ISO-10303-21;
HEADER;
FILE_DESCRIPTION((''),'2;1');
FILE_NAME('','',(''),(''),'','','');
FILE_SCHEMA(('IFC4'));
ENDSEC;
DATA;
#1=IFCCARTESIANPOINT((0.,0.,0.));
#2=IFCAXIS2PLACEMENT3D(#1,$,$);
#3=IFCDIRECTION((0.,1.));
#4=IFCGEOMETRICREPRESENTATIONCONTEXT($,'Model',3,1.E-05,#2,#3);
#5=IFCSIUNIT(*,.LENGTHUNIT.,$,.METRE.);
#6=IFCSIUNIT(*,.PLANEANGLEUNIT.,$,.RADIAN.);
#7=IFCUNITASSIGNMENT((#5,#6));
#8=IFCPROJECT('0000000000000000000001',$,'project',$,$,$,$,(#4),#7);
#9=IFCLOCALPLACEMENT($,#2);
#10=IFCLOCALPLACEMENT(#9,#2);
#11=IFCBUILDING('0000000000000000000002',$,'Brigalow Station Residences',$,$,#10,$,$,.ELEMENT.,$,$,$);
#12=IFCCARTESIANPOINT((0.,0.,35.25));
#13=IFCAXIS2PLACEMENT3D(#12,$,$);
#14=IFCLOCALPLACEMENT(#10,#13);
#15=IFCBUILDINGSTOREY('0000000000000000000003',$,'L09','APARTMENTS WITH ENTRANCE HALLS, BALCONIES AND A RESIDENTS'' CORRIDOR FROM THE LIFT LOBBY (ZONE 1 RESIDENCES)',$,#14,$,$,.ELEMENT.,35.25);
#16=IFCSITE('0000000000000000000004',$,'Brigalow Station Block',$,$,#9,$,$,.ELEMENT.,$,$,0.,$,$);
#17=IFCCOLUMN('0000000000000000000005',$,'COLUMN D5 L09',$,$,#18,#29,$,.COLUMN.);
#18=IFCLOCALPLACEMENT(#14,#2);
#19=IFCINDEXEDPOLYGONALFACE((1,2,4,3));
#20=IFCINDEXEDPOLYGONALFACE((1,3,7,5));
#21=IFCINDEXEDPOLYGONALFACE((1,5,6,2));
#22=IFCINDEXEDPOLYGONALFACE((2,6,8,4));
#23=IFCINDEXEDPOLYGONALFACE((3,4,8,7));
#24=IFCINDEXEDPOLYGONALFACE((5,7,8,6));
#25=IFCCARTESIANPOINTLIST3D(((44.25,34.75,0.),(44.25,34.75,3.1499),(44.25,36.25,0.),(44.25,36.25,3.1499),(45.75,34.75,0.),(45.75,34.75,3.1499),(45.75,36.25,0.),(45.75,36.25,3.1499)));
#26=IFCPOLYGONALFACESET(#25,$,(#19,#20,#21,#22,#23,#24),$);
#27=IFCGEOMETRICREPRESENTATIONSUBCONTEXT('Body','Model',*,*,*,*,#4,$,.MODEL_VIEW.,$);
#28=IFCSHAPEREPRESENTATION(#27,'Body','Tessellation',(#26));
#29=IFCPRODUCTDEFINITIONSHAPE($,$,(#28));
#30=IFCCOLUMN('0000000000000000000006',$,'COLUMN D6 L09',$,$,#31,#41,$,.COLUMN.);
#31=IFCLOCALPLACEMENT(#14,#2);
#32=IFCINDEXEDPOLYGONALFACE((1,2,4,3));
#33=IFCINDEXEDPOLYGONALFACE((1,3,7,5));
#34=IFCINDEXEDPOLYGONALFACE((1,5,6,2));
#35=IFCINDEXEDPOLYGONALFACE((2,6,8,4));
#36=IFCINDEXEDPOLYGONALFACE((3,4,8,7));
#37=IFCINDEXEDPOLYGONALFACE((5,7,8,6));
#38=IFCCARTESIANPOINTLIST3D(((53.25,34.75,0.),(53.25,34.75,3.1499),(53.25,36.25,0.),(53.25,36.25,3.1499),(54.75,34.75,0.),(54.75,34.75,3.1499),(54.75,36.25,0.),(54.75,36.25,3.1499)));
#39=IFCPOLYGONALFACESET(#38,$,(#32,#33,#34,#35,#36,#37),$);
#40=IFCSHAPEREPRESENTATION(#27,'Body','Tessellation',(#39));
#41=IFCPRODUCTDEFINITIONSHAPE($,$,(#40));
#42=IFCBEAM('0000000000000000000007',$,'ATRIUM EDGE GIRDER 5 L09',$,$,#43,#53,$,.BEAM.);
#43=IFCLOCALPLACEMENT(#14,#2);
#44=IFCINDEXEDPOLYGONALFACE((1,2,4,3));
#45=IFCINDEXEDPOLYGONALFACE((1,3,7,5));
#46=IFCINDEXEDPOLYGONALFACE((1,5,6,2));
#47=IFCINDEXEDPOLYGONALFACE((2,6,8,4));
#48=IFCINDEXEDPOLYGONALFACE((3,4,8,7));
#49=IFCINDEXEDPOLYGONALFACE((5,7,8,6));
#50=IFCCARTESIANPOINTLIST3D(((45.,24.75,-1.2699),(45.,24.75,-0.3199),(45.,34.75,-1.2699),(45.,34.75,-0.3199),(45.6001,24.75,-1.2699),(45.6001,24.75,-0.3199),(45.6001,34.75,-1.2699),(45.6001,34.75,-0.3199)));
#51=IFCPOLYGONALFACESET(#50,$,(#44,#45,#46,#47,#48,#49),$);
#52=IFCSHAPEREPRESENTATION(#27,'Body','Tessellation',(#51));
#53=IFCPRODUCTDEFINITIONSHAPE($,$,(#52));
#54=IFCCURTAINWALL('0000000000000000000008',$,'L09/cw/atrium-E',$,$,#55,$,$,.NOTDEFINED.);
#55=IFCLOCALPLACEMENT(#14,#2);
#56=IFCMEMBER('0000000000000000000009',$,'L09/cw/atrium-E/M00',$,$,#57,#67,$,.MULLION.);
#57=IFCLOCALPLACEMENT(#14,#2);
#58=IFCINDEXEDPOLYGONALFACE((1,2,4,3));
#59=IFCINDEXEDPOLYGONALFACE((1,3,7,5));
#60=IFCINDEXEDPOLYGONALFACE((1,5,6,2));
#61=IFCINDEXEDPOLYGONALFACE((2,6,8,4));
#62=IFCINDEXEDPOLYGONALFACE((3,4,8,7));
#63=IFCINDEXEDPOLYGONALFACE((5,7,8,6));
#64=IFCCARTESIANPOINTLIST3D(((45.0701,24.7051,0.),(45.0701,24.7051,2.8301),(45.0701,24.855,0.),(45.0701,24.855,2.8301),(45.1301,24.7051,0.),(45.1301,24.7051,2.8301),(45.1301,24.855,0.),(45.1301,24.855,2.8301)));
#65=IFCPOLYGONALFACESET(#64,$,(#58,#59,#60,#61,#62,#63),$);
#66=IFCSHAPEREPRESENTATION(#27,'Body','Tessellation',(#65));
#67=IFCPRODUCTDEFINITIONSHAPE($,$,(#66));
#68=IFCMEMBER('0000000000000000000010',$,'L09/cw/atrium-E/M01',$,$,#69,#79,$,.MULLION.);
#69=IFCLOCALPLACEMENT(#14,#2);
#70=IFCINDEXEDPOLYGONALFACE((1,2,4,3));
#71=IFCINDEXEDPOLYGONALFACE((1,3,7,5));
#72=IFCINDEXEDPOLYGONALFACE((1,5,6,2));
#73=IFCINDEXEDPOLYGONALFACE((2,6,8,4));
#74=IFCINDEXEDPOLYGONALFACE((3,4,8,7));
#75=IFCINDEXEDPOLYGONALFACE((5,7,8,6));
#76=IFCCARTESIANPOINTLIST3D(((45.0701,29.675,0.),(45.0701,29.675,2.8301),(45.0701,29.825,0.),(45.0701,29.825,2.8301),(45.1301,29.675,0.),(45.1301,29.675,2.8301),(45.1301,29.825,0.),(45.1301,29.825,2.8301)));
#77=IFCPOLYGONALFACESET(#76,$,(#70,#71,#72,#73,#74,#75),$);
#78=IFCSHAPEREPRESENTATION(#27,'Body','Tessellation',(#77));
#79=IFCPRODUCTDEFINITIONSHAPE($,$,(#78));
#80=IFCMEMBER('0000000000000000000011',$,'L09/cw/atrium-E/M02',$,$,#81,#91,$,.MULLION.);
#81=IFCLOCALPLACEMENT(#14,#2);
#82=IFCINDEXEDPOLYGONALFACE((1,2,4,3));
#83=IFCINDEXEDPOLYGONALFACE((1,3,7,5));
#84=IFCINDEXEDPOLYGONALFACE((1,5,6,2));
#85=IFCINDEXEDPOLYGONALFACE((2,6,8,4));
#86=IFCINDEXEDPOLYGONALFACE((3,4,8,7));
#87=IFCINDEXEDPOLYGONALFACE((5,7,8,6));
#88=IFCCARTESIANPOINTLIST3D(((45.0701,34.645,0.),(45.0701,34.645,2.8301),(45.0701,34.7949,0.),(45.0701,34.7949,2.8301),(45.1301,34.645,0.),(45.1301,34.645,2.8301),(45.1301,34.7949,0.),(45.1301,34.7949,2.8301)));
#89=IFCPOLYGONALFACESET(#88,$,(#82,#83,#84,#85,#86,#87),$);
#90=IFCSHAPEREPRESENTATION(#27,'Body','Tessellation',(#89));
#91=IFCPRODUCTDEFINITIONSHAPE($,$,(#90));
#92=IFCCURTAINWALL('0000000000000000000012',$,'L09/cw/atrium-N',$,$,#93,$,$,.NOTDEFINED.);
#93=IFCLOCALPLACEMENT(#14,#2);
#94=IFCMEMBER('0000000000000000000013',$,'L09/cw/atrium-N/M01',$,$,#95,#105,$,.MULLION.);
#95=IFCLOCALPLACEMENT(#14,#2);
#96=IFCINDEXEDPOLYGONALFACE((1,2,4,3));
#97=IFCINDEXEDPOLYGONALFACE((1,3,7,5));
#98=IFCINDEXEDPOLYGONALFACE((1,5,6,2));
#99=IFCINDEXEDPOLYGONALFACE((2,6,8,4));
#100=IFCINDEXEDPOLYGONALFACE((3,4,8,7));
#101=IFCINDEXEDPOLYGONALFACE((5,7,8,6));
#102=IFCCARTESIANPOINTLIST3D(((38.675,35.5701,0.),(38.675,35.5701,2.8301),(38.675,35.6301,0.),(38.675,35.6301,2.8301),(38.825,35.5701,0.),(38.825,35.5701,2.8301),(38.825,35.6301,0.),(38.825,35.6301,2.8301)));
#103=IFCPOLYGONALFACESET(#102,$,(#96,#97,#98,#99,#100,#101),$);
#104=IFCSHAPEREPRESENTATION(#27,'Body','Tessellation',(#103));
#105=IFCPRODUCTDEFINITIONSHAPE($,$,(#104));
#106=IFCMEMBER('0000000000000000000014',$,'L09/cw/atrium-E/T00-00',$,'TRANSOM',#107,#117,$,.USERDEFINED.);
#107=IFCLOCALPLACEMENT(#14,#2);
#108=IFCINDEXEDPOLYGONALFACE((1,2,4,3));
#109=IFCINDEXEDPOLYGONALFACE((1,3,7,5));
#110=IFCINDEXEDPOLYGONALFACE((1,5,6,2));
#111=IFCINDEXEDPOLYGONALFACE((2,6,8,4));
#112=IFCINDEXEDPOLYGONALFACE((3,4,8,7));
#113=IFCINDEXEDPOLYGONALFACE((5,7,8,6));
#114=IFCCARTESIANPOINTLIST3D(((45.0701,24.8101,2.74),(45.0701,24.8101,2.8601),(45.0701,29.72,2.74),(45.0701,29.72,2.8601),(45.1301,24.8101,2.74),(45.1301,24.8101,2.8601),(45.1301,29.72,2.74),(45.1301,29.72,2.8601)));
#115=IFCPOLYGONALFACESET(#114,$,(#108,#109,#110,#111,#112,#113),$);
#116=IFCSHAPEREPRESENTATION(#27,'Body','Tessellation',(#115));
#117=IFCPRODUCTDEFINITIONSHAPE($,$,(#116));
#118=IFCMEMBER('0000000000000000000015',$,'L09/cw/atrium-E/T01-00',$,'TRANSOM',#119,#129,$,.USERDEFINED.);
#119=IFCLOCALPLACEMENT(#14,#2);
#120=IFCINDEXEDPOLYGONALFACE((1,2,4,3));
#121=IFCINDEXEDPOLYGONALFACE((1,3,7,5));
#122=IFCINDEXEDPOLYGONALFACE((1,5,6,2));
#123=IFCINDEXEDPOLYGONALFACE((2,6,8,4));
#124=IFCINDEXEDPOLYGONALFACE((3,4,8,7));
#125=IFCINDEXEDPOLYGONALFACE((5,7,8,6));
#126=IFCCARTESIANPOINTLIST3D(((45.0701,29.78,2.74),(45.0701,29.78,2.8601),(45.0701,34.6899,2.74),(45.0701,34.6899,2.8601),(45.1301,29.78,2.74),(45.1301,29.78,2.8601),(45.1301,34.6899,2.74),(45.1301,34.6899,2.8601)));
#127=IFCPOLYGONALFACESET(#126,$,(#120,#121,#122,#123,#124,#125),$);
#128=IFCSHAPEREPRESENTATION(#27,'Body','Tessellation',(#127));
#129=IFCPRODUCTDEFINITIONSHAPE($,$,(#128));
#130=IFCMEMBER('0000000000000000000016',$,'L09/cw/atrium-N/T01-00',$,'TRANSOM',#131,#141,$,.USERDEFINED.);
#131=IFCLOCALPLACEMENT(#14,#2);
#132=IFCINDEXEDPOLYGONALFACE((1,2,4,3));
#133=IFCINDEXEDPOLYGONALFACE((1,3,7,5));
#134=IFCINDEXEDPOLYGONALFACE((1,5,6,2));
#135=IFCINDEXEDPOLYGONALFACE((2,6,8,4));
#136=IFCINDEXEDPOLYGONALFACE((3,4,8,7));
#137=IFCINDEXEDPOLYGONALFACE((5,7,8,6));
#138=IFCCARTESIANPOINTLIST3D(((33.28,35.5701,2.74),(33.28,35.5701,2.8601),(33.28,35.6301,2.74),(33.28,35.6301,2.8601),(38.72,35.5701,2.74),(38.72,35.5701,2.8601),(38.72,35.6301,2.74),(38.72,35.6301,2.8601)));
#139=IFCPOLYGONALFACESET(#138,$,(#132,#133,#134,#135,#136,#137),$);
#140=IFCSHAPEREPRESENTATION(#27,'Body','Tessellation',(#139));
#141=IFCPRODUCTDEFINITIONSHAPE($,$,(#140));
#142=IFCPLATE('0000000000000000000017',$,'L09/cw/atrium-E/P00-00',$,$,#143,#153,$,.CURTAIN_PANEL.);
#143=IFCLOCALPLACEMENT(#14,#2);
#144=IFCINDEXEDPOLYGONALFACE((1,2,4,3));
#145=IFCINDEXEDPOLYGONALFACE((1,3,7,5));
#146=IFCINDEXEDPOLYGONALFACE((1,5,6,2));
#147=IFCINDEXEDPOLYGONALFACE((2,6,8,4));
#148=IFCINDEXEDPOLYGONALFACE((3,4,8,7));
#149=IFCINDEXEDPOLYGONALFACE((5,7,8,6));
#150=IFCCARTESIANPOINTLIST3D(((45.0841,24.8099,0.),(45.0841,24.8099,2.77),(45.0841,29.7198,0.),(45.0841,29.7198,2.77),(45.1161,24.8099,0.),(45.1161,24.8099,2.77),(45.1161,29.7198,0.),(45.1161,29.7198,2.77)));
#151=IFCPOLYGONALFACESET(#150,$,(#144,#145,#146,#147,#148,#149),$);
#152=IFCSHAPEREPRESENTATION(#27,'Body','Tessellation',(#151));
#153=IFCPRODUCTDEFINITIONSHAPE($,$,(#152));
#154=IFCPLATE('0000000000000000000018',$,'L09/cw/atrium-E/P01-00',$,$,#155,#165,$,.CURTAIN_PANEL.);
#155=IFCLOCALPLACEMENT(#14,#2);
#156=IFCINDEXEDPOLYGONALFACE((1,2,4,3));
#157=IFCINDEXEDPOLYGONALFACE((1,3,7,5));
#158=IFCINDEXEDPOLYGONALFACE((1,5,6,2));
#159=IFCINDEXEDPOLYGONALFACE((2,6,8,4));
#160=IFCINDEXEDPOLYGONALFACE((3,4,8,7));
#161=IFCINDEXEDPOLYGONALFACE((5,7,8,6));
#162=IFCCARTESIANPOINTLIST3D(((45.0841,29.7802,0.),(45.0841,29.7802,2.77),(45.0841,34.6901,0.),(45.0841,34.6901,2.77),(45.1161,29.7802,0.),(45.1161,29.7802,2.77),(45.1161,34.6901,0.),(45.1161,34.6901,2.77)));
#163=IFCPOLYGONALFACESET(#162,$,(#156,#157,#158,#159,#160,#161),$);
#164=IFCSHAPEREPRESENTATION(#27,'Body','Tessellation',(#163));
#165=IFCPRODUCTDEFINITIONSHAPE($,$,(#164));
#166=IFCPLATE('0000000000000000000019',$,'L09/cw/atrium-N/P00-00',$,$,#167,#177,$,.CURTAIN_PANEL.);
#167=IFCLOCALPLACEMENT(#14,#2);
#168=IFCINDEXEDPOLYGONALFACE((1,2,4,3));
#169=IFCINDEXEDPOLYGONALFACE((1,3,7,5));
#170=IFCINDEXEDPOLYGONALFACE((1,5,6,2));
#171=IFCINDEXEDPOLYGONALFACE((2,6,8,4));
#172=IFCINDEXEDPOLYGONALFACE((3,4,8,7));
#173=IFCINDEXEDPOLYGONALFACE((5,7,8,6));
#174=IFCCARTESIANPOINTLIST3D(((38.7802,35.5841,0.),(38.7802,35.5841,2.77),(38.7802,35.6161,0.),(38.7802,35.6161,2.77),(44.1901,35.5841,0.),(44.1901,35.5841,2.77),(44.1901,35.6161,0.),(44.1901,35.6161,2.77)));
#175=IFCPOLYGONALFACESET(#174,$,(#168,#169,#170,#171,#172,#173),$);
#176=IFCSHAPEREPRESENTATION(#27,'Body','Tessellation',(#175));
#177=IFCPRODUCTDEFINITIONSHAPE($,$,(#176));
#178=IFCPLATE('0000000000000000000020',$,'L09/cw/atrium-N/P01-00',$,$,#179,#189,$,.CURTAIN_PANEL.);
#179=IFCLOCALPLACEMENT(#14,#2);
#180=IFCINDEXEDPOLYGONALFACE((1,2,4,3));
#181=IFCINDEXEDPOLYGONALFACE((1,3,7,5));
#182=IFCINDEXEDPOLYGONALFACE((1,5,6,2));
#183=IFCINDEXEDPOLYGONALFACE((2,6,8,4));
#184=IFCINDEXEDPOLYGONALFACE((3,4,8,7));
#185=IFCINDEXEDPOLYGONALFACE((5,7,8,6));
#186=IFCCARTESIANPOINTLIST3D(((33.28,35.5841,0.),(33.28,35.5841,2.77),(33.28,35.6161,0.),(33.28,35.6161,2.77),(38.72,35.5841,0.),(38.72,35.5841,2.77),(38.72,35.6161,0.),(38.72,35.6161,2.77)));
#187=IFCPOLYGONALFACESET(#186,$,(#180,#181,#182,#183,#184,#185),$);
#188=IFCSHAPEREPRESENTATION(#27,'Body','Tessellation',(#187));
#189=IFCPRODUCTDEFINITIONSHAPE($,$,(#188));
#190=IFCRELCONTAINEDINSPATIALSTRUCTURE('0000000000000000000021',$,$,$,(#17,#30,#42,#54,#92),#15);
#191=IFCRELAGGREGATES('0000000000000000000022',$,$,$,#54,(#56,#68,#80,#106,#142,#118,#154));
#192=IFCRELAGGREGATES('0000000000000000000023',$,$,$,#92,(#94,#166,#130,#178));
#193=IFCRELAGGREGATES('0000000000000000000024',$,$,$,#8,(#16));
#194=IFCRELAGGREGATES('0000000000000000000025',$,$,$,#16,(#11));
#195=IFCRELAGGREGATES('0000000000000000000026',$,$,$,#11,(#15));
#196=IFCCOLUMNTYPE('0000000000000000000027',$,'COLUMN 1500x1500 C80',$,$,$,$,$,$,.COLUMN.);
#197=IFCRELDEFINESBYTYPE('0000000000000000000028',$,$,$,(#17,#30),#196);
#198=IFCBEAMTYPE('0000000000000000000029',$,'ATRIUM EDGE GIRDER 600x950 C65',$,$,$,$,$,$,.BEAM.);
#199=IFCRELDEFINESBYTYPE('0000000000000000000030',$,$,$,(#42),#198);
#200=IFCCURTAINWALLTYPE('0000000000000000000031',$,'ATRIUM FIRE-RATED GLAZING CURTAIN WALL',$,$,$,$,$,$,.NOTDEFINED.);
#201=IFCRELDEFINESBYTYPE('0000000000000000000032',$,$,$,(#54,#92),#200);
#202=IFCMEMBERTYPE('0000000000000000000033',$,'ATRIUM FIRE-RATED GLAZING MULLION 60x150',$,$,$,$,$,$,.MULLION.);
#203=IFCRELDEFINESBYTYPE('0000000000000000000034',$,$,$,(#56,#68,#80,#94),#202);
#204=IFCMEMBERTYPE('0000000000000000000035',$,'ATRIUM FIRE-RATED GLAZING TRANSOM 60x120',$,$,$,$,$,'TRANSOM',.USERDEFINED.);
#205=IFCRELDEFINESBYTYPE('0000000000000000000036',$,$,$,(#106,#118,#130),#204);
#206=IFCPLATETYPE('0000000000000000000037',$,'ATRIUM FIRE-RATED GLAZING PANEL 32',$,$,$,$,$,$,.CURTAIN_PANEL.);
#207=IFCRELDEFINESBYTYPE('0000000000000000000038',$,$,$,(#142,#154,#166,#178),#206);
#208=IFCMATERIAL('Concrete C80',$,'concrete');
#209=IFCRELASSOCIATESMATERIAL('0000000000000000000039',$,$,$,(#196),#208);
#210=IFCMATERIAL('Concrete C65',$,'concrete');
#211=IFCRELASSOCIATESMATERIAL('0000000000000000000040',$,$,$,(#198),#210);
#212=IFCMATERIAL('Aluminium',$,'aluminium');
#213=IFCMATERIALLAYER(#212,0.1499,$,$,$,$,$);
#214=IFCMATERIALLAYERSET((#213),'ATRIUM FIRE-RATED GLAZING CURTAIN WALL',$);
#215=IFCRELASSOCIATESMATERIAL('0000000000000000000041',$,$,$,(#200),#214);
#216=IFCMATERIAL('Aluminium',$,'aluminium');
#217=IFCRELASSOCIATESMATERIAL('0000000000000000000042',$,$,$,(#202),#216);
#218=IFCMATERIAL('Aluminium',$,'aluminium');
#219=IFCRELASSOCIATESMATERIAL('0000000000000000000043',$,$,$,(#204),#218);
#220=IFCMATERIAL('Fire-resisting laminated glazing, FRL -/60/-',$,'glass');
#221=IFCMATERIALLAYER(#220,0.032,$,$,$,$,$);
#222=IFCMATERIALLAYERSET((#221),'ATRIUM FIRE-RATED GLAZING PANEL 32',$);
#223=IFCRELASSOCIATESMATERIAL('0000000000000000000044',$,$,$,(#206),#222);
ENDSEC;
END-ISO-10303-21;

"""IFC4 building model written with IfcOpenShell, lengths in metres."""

from ifc_helpers import new_model, si_unit, direction, frame, origin, origin_2d, place, context, subcontext, project, spatial, rectangle, extrude, material, layer, layer_set, material_profile, profile_set, type_object, element, aggregate, save


model = new_model("IFC4")

# Units and contexts
model_context = context("Model", 3, precision=1e-05, world=origin(), true_north=direction((0.0, 1.0)))
body_context = subcontext(model_context, "Body", "Model", "MODEL_VIEW")
ifc_project = project(units=[si_unit("LENGTHUNIT", "METRE"), si_unit("PLANEANGLEUNIT", "RADIAN")], contexts=[model_context])

# Site, building, storey
site_placement = place(None, origin())
site = spatial("IfcSite", under=ifc_project, at=site_placement, Name="Brigalow Station Block", CompositionType="ELEMENT", RefElevation=0.0)
building_placement = place(site_placement, origin())
building = spatial("IfcBuilding", under=site, at=building_placement, Name="Brigalow Station Residences", CompositionType="ELEMENT")
storey_placement = place(building_placement, frame((0.0, 0.0, 35.25)))
storey = spatial("IfcBuildingStorey", under=building, at=storey_placement, Name="L09", Description="APARTMENTS WITH ENTRANCE HALLS, BALCONIES AND A RESIDENTS' CORRIDOR FROM THE LIFT LOBBY (ZONE 1 RESIDENCES)", CompositionType="ELEMENT", Elevation=35.25)

# Columns
ifc_material_1 = material(Name="Concrete C80", Category="concrete")
ifc_material_profile_1 = material_profile(ifc_material_1, rectangle(XDim=1.5, YDim=1.5, at=origin_2d()), Name="RC1500x1500")
ifc_profile_set_1 = profile_set([ifc_material_profile_1], Name="Concrete C80")
column_type = type_object("IfcColumnType", Name="COLUMN 1500x1500 C80", PredefinedType="COLUMN", material=ifc_profile_set_1)
for number, where, z_axis, x_axis, name in (
    (1, (45.0, 35.5, 0.0), (0.0, 0.0, 1.0), (1.0, 0.0, 0.0), "COLUMN D5 L09"),
    (2, (54.0, 35.5, 0.0), (0.0, 0.0, 1.0), (1.0, 0.0, 0.0), "COLUMN D6 L09"),
):
    element("IfcColumn", number, at=place(storey_placement, frame(where, z_axis=z_axis, x_axis=x_axis)), inside=storey, type_object=column_type, Name=name, PredefinedType="COLUMN", context=body_context, shape_type="SweptSolid", body=[
        extrude(rectangle(XDim=1.5, YDim=1.5, at=origin_2d()), origin(), (0.0, 0.0, 1.0), 3.1499),
    ])

# Beam
ifc_material_2 = material(Name="Concrete C65", Category="concrete")
ifc_material_profile_2 = material_profile(ifc_material_2, rectangle(XDim=0.6001, YDim=0.95, at=origin_2d()), Name="RC600x950")
ifc_profile_set_2 = profile_set([ifc_material_profile_2], Name="Concrete C65")
beam_type = type_object("IfcBeamType", Name="ATRIUM EDGE GIRDER 600x950 C65", PredefinedType="BEAM", material=ifc_profile_set_2)
beam_placement = place(storey_placement, frame((45.3, 24.75, -0.7949), z_axis=(0.0, 1.0, 0.0), x_axis=(-1.0, 0.0, 0.0)))
element("IfcBeam", 3, at=beam_placement, inside=storey, type_object=beam_type, Name="ATRIUM EDGE GIRDER 5 L09", PredefinedType="BEAM", context=body_context, shape_type="SweptSolid", body=[
    extrude(rectangle(XDim=0.6001, YDim=0.95, at=origin_2d()), origin(), (0.0, 0.0, 1.0), 10.0),
])

# Curtain wall, members
ifc_material_3 = material(Name="Aluminium", Category="aluminium")
ifc_layer_1 = layer(ifc_material_3, 0.1499)
ifc_layer_set_1 = layer_set([ifc_layer_1], Name="ATRIUM FIRE-RATED GLAZING CURTAIN WALL")
curtain_wall_type = type_object("IfcCurtainWallType", Name="ATRIUM FIRE-RATED GLAZING CURTAIN WALL", PredefinedType="NOTDEFINED", material=ifc_layer_set_1)
curtain_wall_1_placement = place(storey_placement, origin())
curtain_wall_1 = element("IfcCurtainWall", 4, at=curtain_wall_1_placement, inside=storey, type_object=curtain_wall_type, Name="L09/cw/atrium-E", PredefinedType="NOTDEFINED")
ifc_material_4 = material(Name="Aluminium", Category="aluminium")
ifc_material_profile_3 = material_profile(ifc_material_4, rectangle(XDim=0.0601, YDim=0.1499, at=origin_2d()), Name="ATRIUM FIRE-RATED GLAZING MULLION 60x150")
ifc_profile_set_3 = profile_set([ifc_material_profile_3], Name="Aluminium")
member_type_1 = type_object("IfcMemberType", Name="ATRIUM FIRE-RATED GLAZING MULLION 60x150", PredefinedType="MULLION", material=ifc_profile_set_3)
member_1_placement = place(storey_placement, frame((45.1001, 24.78, 0.0), z_axis=(0.0, 0.0, 1.0), x_axis=(-1.0, 0.0, 0.0)))
member_1 = element("IfcMember", 5, at=member_1_placement, type_object=member_type_1, Name="L09/cw/atrium-E/M00", PredefinedType="MULLION", context=body_context, shape_type="SweptSolid", body=[
    extrude(rectangle(XDim=0.0601, YDim=0.1499, at=origin_2d()), origin(), (0.0, 0.0, 1.0), 2.8301),
])
member_2_placement = place(storey_placement, frame((45.1001, 29.75, 0.0), z_axis=(0.0, 0.0, 1.0), x_axis=(-1.0, 0.0, 0.0)))
member_2 = element("IfcMember", 6, at=member_2_placement, type_object=member_type_1, Name="L09/cw/atrium-E/M01", PredefinedType="MULLION", context=body_context, shape_type="SweptSolid", body=[
    extrude(rectangle(XDim=0.0601, YDim=0.1499, at=origin_2d()), origin(), (0.0, 0.0, 1.0), 2.8301),
])
member_3_placement = place(storey_placement, frame((45.1001, 34.72, 0.0), z_axis=(0.0, 0.0, 1.0), x_axis=(-1.0, 0.0, 0.0)))
member_3 = element("IfcMember", 7, at=member_3_placement, type_object=member_type_1, Name="L09/cw/atrium-E/M02", PredefinedType="MULLION", context=body_context, shape_type="SweptSolid", body=[
    extrude(rectangle(XDim=0.0601, YDim=0.1499, at=origin_2d()), origin(), (0.0, 0.0, 1.0), 2.8301),
])

# Curtain wall, member
curtain_wall_2_placement = place(storey_placement, origin())
curtain_wall_2 = element("IfcCurtainWall", 8, at=curtain_wall_2_placement, inside=storey, type_object=curtain_wall_type, Name="L09/cw/atrium-N", PredefinedType="NOTDEFINED")
member_4_placement = place(storey_placement, frame((38.75, 35.6001, 0.0), z_axis=(0.0, 0.0, 1.0), x_axis=(0.0, -1.0, 0.0)))
member_4 = element("IfcMember", 9, at=member_4_placement, type_object=member_type_1, Name="L09/cw/atrium-N/M01", PredefinedType="MULLION", context=body_context, shape_type="SweptSolid", body=[
    extrude(rectangle(XDim=0.0601, YDim=0.1499, at=origin_2d()), origin(), (0.0, 0.0, 1.0), 2.8301),
])

# Members
ifc_material_5 = material(Name="Aluminium", Category="aluminium")
ifc_material_profile_4 = material_profile(ifc_material_5, rectangle(XDim=0.0601, YDim=0.1201, at=origin_2d()), Name="ATRIUM FIRE-RATED GLAZING TRANSOM 60x120")
ifc_profile_set_4 = profile_set([ifc_material_profile_4], Name="Aluminium")
member_type_2 = type_object("IfcMemberType", Name="ATRIUM FIRE-RATED GLAZING TRANSOM 60x120", ElementType="TRANSOM", PredefinedType="USERDEFINED", material=ifc_profile_set_4)
member_5_placement = place(storey_placement, frame((45.1001, 24.8101, 2.8), z_axis=(0.0, 1.0, 0.0), x_axis=(-1.0, 0.0, 0.0)))
member_5 = element("IfcMember", 10, at=member_5_placement, type_object=member_type_2, Name="L09/cw/atrium-E/T00-00", ObjectType="TRANSOM", PredefinedType="USERDEFINED", context=body_context, shape_type="SweptSolid", body=[
    extrude(rectangle(XDim=0.0601, YDim=0.1201, at=origin_2d()), origin(), (0.0, 0.0, 1.0), 4.9099),
])
member_6_placement = place(storey_placement, frame((45.1001, 29.78, 2.8), z_axis=(0.0, 1.0, 0.0), x_axis=(-1.0, 0.0, 0.0)))
member_6 = element("IfcMember", 11, at=member_6_placement, type_object=member_type_2, Name="L09/cw/atrium-E/T01-00", ObjectType="TRANSOM", PredefinedType="USERDEFINED", context=body_context, shape_type="SweptSolid", body=[
    extrude(rectangle(XDim=0.0601, YDim=0.1201, at=origin_2d()), origin(), (0.0, 0.0, 1.0), 4.9099),
])
member_7_placement = place(storey_placement, frame((38.72, 35.6001, 2.8), z_axis=(-1.0, 0.0, 0.0), x_axis=(0.0, -1.0, 0.0)))
member_7 = element("IfcMember", 12, at=member_7_placement, type_object=member_type_2, Name="L09/cw/atrium-N/T01-00", ObjectType="TRANSOM", PredefinedType="USERDEFINED", context=body_context, shape_type="SweptSolid", body=[
    extrude(rectangle(XDim=0.0601, YDim=0.1201, at=origin_2d()), origin(), (0.0, 0.0, 1.0), 5.4399),
])

# Plates
ifc_material_6 = material(Name="Fire-resisting laminated glazing, FRL -/60/-", Category="glass")
ifc_layer_2 = layer(ifc_material_6, 0.032)
ifc_layer_set_2 = layer_set([ifc_layer_2], Name="ATRIUM FIRE-RATED GLAZING PANEL 32")
plate_type = type_object("IfcPlateType", Name="ATRIUM FIRE-RATED GLAZING PANEL 32", PredefinedType="CURTAIN_PANEL", material=ifc_layer_set_2)
plate_1_placement = place(storey_placement, frame((45.1001, 27.2649, 0.0), z_axis=(0.0, 0.0, 1.0), x_axis=(0.0, 1.0, 0.0)))
plate_1 = element("IfcPlate", 13, at=plate_1_placement, type_object=plate_type, Name="L09/cw/atrium-E/P00-00", PredefinedType="CURTAIN_PANEL", context=body_context, shape_type="SweptSolid", body=[
    extrude(rectangle(XDim=4.9099, YDim=0.032, at=origin_2d()), origin(), (0.0, 0.0, 1.0), 2.77),
])
plate_2_placement = place(storey_placement, frame((45.1001, 32.2351, 0.0), z_axis=(0.0, 0.0, 1.0), x_axis=(0.0, 1.0, 0.0)))
plate_2 = element("IfcPlate", 14, at=plate_2_placement, type_object=plate_type, Name="L09/cw/atrium-E/P01-00", PredefinedType="CURTAIN_PANEL", context=body_context, shape_type="SweptSolid", body=[
    extrude(rectangle(XDim=4.9099, YDim=0.032, at=origin_2d()), origin(), (0.0, 0.0, 1.0), 2.77),
])
aggregate(curtain_wall_1, [member_1, member_2, member_3, member_5, plate_1, member_6, plate_2])
plate_3_placement = place(storey_placement, frame((41.4851, 35.6001, 0.0), z_axis=(0.0, 0.0, 1.0), x_axis=(-1.0, 0.0, 0.0)))
plate_3 = element("IfcPlate", 15, at=plate_3_placement, type_object=plate_type, Name="L09/cw/atrium-N/P00-00", PredefinedType="CURTAIN_PANEL", context=body_context, shape_type="SweptSolid", body=[
    extrude(rectangle(XDim=5.4099, YDim=0.032, at=origin_2d()), origin(), (0.0, 0.0, 1.0), 2.77),
])
plate_4_placement = place(storey_placement, frame((36.0, 35.6001, 0.0), z_axis=(0.0, 0.0, 1.0), x_axis=(-1.0, 0.0, 0.0)))
plate_4 = element("IfcPlate", 16, at=plate_4_placement, type_object=plate_type, Name="L09/cw/atrium-N/P01-00", PredefinedType="CURTAIN_PANEL", context=body_context, shape_type="SweptSolid", body=[
    extrude(rectangle(XDim=5.4399, YDim=0.032, at=origin_2d()), origin(), (0.0, 0.0, 1.0), 2.77),
])
aggregate(curtain_wall_2, [member_4, plate_3, member_7, plate_4])

save(model, "model.ifc")
